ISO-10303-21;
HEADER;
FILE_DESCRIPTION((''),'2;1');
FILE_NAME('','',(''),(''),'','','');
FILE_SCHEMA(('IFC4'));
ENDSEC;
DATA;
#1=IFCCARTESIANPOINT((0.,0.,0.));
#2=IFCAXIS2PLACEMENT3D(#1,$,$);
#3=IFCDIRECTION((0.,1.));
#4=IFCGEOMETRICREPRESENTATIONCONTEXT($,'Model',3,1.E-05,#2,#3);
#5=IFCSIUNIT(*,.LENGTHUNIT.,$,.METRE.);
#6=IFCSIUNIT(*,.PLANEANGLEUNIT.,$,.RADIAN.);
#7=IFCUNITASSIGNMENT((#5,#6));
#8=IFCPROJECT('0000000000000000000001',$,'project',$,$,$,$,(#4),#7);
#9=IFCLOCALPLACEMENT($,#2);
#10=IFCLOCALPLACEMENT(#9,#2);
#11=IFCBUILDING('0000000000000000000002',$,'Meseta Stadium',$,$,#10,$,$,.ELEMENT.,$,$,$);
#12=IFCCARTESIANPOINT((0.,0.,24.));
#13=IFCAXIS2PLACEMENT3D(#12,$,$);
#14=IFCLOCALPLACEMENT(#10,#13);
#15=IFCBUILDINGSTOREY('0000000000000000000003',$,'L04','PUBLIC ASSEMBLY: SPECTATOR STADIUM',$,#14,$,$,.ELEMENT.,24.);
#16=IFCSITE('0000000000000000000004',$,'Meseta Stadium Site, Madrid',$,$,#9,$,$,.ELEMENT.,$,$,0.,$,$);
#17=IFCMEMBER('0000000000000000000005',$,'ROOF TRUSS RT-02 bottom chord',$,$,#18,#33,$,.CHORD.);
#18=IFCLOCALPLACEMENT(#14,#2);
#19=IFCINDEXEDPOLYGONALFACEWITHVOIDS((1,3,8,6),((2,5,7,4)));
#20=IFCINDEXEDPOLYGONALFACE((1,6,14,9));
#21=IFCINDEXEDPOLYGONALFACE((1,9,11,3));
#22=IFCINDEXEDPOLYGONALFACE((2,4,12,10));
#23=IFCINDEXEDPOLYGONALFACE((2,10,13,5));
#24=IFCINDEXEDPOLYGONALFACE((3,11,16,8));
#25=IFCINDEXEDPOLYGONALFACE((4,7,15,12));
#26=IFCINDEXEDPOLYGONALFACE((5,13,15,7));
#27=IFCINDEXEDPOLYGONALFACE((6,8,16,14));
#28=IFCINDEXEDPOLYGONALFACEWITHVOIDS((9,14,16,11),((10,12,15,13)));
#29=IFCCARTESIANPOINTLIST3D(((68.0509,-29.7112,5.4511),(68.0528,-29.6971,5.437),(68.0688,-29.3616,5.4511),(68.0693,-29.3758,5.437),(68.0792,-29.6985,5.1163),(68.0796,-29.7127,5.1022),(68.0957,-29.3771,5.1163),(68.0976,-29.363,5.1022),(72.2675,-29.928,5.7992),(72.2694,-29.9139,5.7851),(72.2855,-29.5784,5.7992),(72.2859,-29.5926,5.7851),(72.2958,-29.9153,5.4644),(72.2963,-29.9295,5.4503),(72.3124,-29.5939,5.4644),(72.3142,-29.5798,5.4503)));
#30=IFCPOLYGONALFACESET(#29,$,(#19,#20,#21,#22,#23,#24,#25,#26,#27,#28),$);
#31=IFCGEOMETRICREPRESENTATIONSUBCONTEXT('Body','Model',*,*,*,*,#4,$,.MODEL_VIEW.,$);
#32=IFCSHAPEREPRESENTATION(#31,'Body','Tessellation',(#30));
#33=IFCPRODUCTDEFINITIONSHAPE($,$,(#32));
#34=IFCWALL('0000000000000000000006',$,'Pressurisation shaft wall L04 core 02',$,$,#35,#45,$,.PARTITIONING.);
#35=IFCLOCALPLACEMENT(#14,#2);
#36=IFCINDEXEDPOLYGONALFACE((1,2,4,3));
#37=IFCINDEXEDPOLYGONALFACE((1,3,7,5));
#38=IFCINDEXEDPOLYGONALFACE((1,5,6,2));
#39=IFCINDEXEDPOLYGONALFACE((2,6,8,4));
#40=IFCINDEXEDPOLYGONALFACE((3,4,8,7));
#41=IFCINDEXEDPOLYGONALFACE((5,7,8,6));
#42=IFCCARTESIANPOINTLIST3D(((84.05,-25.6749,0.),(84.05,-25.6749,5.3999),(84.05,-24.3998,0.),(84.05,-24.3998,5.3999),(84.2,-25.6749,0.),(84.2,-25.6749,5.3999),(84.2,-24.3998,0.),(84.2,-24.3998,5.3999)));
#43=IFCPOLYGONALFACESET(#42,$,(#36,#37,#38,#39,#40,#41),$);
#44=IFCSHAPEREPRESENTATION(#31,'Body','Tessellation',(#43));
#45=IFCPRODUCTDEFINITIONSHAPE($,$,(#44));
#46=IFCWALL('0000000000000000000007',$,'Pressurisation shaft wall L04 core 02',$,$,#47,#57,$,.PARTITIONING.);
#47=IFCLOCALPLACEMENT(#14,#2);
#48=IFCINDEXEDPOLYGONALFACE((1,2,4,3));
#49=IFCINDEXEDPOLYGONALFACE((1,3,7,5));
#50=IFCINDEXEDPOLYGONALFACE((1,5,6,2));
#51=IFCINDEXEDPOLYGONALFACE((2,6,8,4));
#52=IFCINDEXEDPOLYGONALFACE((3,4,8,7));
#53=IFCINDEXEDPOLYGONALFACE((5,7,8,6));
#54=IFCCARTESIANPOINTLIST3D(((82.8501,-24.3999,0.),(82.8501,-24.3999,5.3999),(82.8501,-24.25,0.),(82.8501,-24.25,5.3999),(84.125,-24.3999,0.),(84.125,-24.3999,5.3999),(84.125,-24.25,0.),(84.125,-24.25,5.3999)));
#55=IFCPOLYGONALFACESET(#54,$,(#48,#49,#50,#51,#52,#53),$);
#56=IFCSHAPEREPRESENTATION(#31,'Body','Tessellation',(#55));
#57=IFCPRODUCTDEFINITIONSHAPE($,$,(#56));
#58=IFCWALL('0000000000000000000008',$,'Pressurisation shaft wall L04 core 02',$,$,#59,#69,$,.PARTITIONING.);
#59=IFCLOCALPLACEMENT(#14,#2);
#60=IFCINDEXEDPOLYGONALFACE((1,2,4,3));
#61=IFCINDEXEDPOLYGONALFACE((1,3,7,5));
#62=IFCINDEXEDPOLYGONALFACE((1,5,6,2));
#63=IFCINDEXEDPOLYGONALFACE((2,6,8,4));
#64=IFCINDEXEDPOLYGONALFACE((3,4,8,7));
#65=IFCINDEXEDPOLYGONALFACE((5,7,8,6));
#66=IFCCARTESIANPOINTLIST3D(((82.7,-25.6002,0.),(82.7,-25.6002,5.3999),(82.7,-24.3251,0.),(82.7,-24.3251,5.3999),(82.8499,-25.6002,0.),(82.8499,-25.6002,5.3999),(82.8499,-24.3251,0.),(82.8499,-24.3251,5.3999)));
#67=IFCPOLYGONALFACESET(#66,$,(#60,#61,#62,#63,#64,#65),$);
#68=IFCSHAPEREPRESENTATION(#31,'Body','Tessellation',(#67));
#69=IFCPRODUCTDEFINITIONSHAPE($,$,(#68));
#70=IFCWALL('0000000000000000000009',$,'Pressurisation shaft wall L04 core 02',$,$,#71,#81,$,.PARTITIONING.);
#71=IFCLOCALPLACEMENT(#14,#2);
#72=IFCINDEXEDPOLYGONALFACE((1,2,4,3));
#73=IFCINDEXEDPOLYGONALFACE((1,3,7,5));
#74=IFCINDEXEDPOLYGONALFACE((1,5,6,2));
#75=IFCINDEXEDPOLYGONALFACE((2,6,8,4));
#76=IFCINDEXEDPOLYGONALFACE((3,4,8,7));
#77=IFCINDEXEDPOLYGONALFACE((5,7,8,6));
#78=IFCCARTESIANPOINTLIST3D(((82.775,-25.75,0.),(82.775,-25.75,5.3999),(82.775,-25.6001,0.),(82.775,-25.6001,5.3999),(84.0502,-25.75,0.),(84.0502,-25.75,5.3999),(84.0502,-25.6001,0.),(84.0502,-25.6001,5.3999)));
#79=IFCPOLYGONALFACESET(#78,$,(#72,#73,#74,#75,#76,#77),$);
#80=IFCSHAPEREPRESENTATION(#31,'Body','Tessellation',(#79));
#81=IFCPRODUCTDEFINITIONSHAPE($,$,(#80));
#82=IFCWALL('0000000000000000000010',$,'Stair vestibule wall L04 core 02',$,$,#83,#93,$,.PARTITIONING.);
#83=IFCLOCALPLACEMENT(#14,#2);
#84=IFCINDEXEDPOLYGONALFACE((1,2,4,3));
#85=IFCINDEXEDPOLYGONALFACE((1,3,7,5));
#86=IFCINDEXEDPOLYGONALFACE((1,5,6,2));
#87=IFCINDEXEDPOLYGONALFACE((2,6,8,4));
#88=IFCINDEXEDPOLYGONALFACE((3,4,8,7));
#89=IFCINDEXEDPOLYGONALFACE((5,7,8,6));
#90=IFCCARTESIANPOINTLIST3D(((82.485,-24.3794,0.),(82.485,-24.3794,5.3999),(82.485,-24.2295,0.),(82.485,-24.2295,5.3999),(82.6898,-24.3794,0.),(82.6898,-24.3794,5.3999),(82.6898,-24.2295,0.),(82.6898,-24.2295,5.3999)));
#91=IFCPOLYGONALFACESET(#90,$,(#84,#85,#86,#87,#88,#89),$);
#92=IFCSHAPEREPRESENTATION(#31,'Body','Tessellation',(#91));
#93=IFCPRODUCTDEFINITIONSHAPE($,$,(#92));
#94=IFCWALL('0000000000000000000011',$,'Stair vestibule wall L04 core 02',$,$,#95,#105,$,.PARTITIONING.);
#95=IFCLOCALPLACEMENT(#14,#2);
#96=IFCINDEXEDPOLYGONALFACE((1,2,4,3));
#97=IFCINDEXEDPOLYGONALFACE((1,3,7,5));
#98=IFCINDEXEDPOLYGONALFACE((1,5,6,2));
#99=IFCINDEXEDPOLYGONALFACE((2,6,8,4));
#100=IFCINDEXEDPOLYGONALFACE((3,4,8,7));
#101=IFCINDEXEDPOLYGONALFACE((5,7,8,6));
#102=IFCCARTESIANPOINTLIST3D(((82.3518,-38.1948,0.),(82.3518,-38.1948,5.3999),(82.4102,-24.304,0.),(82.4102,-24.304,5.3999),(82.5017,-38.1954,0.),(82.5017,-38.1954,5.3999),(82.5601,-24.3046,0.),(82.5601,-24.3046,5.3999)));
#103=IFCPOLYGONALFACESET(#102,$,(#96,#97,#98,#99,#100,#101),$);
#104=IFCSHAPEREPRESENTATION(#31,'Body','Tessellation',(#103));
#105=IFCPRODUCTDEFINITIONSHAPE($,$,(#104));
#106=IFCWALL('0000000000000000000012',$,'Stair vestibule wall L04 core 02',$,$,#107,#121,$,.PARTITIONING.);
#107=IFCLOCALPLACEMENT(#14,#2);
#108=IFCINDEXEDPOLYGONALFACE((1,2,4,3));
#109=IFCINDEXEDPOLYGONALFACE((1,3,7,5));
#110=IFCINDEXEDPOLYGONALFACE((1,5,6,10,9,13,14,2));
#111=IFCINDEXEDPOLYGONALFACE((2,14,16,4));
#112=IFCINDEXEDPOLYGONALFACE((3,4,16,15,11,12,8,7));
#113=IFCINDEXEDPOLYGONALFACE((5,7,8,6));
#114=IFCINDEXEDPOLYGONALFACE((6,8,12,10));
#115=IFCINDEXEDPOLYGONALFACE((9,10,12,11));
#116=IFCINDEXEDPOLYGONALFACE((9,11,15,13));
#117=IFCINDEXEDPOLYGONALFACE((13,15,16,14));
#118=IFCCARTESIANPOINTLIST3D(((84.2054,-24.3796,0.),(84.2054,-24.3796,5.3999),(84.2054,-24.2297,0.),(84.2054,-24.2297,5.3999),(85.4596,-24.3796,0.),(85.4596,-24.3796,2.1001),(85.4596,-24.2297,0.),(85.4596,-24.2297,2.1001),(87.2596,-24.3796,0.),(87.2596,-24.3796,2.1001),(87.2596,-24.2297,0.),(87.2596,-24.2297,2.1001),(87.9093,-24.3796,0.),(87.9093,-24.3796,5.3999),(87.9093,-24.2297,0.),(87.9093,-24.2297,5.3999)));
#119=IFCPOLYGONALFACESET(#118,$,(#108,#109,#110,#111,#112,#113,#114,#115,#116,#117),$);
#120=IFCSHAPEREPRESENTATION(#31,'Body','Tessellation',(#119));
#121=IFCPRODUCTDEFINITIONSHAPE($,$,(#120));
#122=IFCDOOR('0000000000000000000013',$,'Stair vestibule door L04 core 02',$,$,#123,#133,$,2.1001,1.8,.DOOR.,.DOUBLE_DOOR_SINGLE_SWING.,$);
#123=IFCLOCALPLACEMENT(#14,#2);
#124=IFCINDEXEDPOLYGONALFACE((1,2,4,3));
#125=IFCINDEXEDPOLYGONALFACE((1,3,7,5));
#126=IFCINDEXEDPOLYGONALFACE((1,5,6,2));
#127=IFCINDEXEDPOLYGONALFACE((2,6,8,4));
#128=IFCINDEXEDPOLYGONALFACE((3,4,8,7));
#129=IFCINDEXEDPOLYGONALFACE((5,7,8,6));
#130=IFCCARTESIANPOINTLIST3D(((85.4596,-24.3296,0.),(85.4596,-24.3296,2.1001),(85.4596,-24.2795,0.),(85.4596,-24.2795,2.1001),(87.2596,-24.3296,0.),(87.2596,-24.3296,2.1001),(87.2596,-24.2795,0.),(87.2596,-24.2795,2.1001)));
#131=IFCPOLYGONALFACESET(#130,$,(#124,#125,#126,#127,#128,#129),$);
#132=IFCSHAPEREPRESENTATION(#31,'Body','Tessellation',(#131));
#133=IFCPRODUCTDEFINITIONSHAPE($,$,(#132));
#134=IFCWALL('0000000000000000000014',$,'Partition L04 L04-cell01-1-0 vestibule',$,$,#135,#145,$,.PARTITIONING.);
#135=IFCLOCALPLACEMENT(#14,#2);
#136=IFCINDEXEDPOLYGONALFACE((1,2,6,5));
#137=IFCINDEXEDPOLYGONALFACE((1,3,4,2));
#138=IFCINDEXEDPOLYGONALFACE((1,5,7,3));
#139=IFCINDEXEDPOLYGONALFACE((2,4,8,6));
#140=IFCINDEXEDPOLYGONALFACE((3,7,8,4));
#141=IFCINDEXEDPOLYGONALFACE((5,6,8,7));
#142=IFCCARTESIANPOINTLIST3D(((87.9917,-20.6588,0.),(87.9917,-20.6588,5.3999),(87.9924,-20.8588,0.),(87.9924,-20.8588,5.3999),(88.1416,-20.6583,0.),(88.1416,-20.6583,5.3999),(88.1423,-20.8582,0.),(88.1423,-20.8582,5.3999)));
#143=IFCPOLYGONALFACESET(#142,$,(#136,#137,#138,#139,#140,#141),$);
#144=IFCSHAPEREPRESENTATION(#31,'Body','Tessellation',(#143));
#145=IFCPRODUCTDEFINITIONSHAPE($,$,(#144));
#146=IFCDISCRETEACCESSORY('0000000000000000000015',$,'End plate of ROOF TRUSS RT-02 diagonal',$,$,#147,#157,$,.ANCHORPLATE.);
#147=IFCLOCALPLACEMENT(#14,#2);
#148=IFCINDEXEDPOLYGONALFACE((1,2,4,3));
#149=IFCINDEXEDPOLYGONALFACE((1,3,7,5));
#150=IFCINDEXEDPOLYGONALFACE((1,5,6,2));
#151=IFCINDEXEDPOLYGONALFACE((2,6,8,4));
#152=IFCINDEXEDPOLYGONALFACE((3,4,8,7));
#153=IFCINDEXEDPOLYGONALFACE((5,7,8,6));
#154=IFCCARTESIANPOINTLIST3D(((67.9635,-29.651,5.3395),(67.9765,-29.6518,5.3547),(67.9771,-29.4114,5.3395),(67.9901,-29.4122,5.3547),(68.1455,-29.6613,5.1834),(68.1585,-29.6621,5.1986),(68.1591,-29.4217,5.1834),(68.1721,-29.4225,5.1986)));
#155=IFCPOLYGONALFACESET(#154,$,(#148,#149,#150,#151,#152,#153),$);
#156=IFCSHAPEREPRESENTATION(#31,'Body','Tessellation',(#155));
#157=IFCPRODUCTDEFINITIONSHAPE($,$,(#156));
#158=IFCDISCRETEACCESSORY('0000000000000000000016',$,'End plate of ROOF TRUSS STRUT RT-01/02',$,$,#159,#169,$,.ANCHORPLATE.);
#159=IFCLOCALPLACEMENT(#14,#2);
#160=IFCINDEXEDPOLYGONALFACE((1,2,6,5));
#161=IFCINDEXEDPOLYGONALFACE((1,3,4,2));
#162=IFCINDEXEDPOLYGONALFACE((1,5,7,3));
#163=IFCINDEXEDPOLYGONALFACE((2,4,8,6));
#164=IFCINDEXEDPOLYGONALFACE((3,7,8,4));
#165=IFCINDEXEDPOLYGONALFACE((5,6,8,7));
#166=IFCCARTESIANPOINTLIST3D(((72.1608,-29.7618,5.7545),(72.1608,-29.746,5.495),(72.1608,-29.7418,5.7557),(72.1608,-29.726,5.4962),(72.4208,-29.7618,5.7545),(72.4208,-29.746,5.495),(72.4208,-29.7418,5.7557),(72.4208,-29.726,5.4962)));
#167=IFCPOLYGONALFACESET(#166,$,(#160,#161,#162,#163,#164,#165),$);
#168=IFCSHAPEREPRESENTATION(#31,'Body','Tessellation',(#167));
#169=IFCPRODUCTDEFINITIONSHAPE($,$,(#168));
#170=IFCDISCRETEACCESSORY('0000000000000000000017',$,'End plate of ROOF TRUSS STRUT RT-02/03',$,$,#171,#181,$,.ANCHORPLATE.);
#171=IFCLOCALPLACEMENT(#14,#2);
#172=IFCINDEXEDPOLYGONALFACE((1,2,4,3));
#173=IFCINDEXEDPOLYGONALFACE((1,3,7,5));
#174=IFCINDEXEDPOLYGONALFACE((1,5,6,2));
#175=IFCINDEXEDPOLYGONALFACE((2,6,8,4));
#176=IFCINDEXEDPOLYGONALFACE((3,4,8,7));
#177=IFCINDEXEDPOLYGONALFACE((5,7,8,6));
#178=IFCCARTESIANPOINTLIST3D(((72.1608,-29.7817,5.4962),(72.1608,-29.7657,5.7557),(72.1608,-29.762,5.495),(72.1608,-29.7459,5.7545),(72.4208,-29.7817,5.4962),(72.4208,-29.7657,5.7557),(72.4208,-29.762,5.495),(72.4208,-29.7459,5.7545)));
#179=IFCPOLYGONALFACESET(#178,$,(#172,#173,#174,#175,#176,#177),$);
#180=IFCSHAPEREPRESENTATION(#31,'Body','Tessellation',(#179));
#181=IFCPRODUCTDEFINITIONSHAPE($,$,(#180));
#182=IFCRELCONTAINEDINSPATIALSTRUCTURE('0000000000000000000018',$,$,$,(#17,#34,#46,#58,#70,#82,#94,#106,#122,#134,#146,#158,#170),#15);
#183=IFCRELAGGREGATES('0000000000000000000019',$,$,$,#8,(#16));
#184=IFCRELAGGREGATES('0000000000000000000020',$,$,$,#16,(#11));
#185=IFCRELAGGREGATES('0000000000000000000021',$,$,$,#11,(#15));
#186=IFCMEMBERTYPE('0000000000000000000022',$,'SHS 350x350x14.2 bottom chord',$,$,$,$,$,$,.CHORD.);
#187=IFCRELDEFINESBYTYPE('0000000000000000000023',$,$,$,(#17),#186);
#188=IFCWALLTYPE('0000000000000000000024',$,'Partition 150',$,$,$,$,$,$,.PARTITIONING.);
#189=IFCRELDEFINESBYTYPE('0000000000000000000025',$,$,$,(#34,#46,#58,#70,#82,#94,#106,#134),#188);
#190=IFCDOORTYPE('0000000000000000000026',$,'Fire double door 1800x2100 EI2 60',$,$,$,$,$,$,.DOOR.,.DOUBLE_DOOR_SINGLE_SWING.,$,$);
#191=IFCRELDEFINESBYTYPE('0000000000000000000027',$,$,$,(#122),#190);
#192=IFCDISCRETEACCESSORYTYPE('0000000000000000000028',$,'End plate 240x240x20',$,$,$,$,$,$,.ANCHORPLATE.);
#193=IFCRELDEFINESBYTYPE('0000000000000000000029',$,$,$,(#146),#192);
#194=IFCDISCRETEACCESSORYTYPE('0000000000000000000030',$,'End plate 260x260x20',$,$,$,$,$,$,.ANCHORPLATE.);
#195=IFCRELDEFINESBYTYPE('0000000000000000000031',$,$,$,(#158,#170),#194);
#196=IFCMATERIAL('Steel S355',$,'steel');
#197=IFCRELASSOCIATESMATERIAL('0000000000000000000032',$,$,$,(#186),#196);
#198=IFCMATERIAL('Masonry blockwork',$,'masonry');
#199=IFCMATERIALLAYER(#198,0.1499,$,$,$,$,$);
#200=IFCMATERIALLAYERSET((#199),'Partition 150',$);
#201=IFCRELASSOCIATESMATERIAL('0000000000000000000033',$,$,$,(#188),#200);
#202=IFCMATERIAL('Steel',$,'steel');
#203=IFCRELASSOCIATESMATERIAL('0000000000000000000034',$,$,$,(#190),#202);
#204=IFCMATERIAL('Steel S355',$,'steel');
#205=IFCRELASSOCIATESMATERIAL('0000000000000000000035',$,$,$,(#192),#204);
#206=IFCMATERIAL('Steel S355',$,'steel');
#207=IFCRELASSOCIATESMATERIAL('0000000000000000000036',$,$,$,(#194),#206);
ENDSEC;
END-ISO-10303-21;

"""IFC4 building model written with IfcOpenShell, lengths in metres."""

from ifc_helpers import new_model, si_unit, direction, frame, frame_2d, origin, origin_2d, place, context, subcontext, project, spatial, rectangle, hollow_rectangle, extrude, material, layer, layer_set, material_profile, profile_set, type_object, element, fill, save


model = new_model("IFC4")

# Units and contexts
model_context = context("Model", 3, precision=1e-05, world=origin(), true_north=direction((0.0, 1.0)))
body_context = subcontext(model_context, "Body", "Model", "MODEL_VIEW")
ifc_project = project(units=[si_unit("LENGTHUNIT", "METRE"), si_unit("PLANEANGLEUNIT", "RADIAN")], contexts=[model_context])

# Site, building, storey
site_placement = place(None, origin())
site = spatial("IfcSite", under=ifc_project, at=site_placement, Name="Meseta Stadium Site, Madrid", CompositionType="ELEMENT", RefElevation=0.0)
building_placement = place(site_placement, origin())
building = spatial("IfcBuilding", under=site, at=building_placement, Name="Meseta Stadium", CompositionType="ELEMENT")
storey_placement = place(building_placement, frame((0.0, 0.0, 24.0)))
storey = spatial("IfcBuildingStorey", under=building, at=storey_placement, Name="L04", Description="PUBLIC ASSEMBLY: SPECTATOR STADIUM", CompositionType="ELEMENT", Elevation=24.0)

# Member
ifc_material_1 = material(Name="Steel S355", Category="steel")
ifc_material_profile_1 = material_profile(ifc_material_1, hollow_rectangle(XDim=0.3501, YDim=0.3501, WallThickness=0.0142, at=origin_2d()), Name="SHS 350x350x14.2")
ifc_profile_set_1 = profile_set([ifc_material_profile_1], Name="Steel S355")
member_type_1 = type_object("IfcMemberType", Name="SHS 350x350x14.2 bottom chord", PredefinedType="CHORD", material=ifc_profile_set_1)
member_1_placement = place(storey_placement, frame((68.0742, -29.5371, 5.2766), z_axis=(0.995303, -0.051174, 0.082178), x_axis=(0.051348, 0.998681, 0.0)))
element("IfcMember", 1, at=member_1_placement, inside=storey, type_object=member_type_1, Name="ROOF TRUSS RT-02 bottom chord", PredefinedType="CHORD", context=body_context, shape_type="SweptSolid", body=[
    extrude(hollow_rectangle(XDim=0.3501, YDim=0.3501, WallThickness=0.0142, at=origin_2d()), origin(), (0.0, 0.0, 1.0), 4.2366),
])

# Walls
ifc_material_2 = material(Name="Masonry blockwork", Category="masonry")
ifc_layer = layer(ifc_material_2, 0.1499)
ifc_layer_set = layer_set([ifc_layer], Name="Partition 150")
wall_type = type_object("IfcWallType", Name="Partition 150", PredefinedType="PARTITIONING", material=ifc_layer_set)
wall_1_placement = place(storey_placement, frame((84.125, -25.675, 0.0), z_axis=(0.0, 0.0, 1.0), x_axis=(0.0, 1.0, 0.0)))
element("IfcWall", 2, at=wall_1_placement, inside=storey, type_object=wall_type, Name="Pressurisation shaft wall L04 core 02", PredefinedType="PARTITIONING", context=body_context, shape_type="SweptSolid", body=[
    extrude(rectangle(XDim=1.2751, YDim=0.1499, at=frame_2d((0.6377, 0.0))), origin(), (0.0, 0.0, 1.0), 5.3999),
])
wall_2_placement = place(storey_placement, frame((84.125, -24.325, 0.0), z_axis=(0.0, 0.0, 1.0), x_axis=(-1.0, 0.0, 0.0)))
element("IfcWall", 3, at=wall_2_placement, inside=storey, type_object=wall_type, Name="Pressurisation shaft wall L04 core 02", PredefinedType="PARTITIONING", context=body_context, shape_type="SweptSolid", body=[
    extrude(rectangle(XDim=1.2749, YDim=0.1499, at=frame_2d((0.6375, 0.0))), origin(), (0.0, 0.0, 1.0), 5.3999),
])
for number, where, z_axis, x_axis, name in (
    (4, (82.7749, -24.325, 0.0), (0.0, 0.0, 1.0), (0.0, -1.0, 0.0), "Pressurisation shaft wall L04 core 02"),
    (5, (82.7749, -25.675, 0.0), (0.0, 0.0, 1.0), (1.0, 0.0, 0.0), "Pressurisation shaft wall L04 core 02"),
):
    element("IfcWall", number, at=place(storey_placement, frame(where, z_axis=z_axis, x_axis=x_axis)), inside=storey, type_object=wall_type, Name=name, PredefinedType="PARTITIONING", context=body_context, shape_type="SweptSolid", body=[
        extrude(rectangle(XDim=1.2751, YDim=0.1499, at=frame_2d((0.6377, 0.0))), origin(), (0.0, 0.0, 1.0), 5.3999),
    ])
wall_3_placement = place(storey_placement, frame((82.6899, -24.3044, 0.0), z_axis=(0.0, 0.0, 1.0), x_axis=(-1.0, 0.0, 0.0)))
element("IfcWall", 6, at=wall_3_placement, inside=storey, type_object=wall_type, Name="Stair vestibule wall L04 core 02", PredefinedType="PARTITIONING", context=body_context, shape_type="SweptSolid", body=[
    extrude(rectangle(XDim=0.2048, YDim=0.1499, at=frame_2d((0.1025, 0.0))), origin(), (0.0, 0.0, 1.0), 5.3999),
])
wall_4_placement = place(storey_placement, frame((82.4851, -24.3044, 0.0), z_axis=(0.0, 0.0, 1.0), x_axis=(-0.004201, -0.999991, 0.0)))
element("IfcWall", 7, at=wall_4_placement, inside=storey, type_object=wall_type, Name="Stair vestibule wall L04 core 02", PredefinedType="PARTITIONING", context=body_context, shape_type="SweptSolid", body=[
    extrude(rectangle(XDim=13.8909, YDim=0.1499, at=frame_2d((6.9453, 0.0))), origin(), (0.0, 0.0, 1.0), 5.3999),
])

# Wall, opening, door
wall_5_placement = place(storey_placement, frame((87.9094, -24.3047, 0.0), z_axis=(0.0, 0.0, 1.0), x_axis=(-1.0, 0.0, 0.0)))
wall_5 = element("IfcWall", 8, at=wall_5_placement, inside=storey, type_object=wall_type, Name="Stair vestibule wall L04 core 02", PredefinedType="PARTITIONING", context=body_context, shape_type="SweptSolid", body=[
    extrude(rectangle(XDim=3.7039, YDim=0.1499, at=frame_2d((1.8521, 0.0))), origin(), (0.0, 0.0, 1.0), 5.3999),
])
opening_placement = place(wall_5_placement, frame((0.6499, 0.0, 0.0)))
opening = element("IfcOpeningElement", 9, at=opening_placement, cuts=wall_5, PredefinedType="OPENING", context=body_context, shape_type="SweptSolid", body=[
    extrude(rectangle(XDim=1.8, YDim=2.1001, at=frame_2d((0.8999, 1.05))), frame((0.0, 0.085, 0.0), z_axis=(0.0, -1.0, 0.0), x_axis=(1.0, 0.0, 0.0)), (0.0, 0.0, 1.0), 0.1699),
])
ifc_material_3 = material(Name="Steel", Category="steel")
door_type = type_object("IfcDoorType", Name="Fire double door 1800x2100 EI2 60", OperationType="DOUBLE_DOOR_SINGLE_SWING", PredefinedType="DOOR", material=ifc_material_3)
door_placement = place(opening_placement, origin())
door = element("IfcDoor", 10, at=door_placement, inside=storey, type_object=door_type, Name="Stair vestibule door L04 core 02", OperationType="DOUBLE_DOOR_SINGLE_SWING", OverallHeight=2.1001, OverallWidth=1.8, PredefinedType="DOOR", context=body_context, shape_type="SweptSolid", body=[
    extrude(rectangle(XDim=1.8, YDim=2.1001, at=frame_2d((0.8999, 1.05))), frame((0.0, 0.0249, 0.0), z_axis=(0.0, -1.0, 0.0), x_axis=(1.0, 0.0, 0.0)), (0.0, 0.0, 1.0), 0.05),
])
fill(opening, door)

# Wall
wall_6_placement = place(storey_placement, frame((88.0674, -20.8586, 0.0), z_axis=(0.0, 0.0, 1.0), x_axis=(-0.003663, 0.999993, 0.0)))
element("IfcWall", 11, at=wall_6_placement, inside=storey, type_object=wall_type, Name="Partition L04 L04-cell01-1-0 vestibule", PredefinedType="PARTITIONING", context=body_context, shape_type="SweptSolid", body=[
    extrude(rectangle(XDim=0.2, YDim=0.1499, at=frame_2d((0.1001, 0.0))), origin(), (0.0, 0.0, 1.0), 5.3999),
])

# Discrete accessories
ifc_material_4 = material(Name="Steel S355", Category="steel")
ifc_material_profile_2 = material_profile(ifc_material_4, rectangle(XDim=0.24, YDim=0.24, at=origin_2d()), Name="PL 240x240")
ifc_profile_set_2 = profile_set([ifc_material_profile_2], Name="Steel S355")
discrete_accessory_type_1 = type_object("IfcDiscreteAccessoryType", Name="End plate 240x240x20", PredefinedType="ANCHORPLATE", material=ifc_profile_set_2)
discrete_accessory_1_placement = place(storey_placement, frame((68.0613, -29.5364, 5.2615), z_axis=(0.649342, -0.036755, 0.759608), x_axis=(0.056513, 0.998402, 0.0)))
element("IfcDiscreteAccessory", 12, at=discrete_accessory_1_placement, inside=storey, type_object=discrete_accessory_type_1, Name="End plate of ROOF TRUSS RT-02 diagonal", PredefinedType="ANCHORPLATE", context=body_context, shape_type="SweptSolid", body=[
    extrude(rectangle(XDim=0.24, YDim=0.24, at=origin_2d()), origin(), (0.0, 0.0, 1.0), 0.02),
])
ifc_material_5 = material(Name="Steel S355", Category="steel")
ifc_material_profile_3 = material_profile(ifc_material_5, rectangle(XDim=0.26, YDim=0.26, at=origin_2d()), Name="PL 260x260")
ifc_profile_set_3 = profile_set([ifc_material_profile_3], Name="Steel S355")
discrete_accessory_type_2 = type_object("IfcDiscreteAccessoryType", Name="End plate 260x260x20", PredefinedType="ANCHORPLATE", material=ifc_profile_set_3)
discrete_accessory_2_placement = place(storey_placement, frame((72.2908, -29.7539, 5.6248), z_axis=(0.0, 0.998146, 0.060863), x_axis=(-1.0, 0.0, 0.0)))
element("IfcDiscreteAccessory", 13, at=discrete_accessory_2_placement, inside=storey, type_object=discrete_accessory_type_2, Name="End plate of ROOF TRUSS STRUT RT-01/02", PredefinedType="ANCHORPLATE", context=body_context, shape_type="SweptSolid", body=[
    extrude(rectangle(XDim=0.26, YDim=0.26, at=origin_2d()), origin(), (0.0, 0.0, 1.0), 0.02),
])
discrete_accessory_3_placement = place(storey_placement, frame((72.2908, -29.7737, 5.626), z_axis=(0.0, 0.9981, -0.061611), x_axis=(-1.0, 0.0, 0.0)))
element("IfcDiscreteAccessory", 14, at=discrete_accessory_3_placement, inside=storey, type_object=discrete_accessory_type_2, Name="End plate of ROOF TRUSS STRUT RT-02/03", PredefinedType="ANCHORPLATE", context=body_context, shape_type="SweptSolid", body=[
    extrude(rectangle(XDim=0.26, YDim=0.26, at=origin_2d()), origin(), (0.0, 0.0, 1.0), 0.0198),
])

save(model, "model.ifc")
